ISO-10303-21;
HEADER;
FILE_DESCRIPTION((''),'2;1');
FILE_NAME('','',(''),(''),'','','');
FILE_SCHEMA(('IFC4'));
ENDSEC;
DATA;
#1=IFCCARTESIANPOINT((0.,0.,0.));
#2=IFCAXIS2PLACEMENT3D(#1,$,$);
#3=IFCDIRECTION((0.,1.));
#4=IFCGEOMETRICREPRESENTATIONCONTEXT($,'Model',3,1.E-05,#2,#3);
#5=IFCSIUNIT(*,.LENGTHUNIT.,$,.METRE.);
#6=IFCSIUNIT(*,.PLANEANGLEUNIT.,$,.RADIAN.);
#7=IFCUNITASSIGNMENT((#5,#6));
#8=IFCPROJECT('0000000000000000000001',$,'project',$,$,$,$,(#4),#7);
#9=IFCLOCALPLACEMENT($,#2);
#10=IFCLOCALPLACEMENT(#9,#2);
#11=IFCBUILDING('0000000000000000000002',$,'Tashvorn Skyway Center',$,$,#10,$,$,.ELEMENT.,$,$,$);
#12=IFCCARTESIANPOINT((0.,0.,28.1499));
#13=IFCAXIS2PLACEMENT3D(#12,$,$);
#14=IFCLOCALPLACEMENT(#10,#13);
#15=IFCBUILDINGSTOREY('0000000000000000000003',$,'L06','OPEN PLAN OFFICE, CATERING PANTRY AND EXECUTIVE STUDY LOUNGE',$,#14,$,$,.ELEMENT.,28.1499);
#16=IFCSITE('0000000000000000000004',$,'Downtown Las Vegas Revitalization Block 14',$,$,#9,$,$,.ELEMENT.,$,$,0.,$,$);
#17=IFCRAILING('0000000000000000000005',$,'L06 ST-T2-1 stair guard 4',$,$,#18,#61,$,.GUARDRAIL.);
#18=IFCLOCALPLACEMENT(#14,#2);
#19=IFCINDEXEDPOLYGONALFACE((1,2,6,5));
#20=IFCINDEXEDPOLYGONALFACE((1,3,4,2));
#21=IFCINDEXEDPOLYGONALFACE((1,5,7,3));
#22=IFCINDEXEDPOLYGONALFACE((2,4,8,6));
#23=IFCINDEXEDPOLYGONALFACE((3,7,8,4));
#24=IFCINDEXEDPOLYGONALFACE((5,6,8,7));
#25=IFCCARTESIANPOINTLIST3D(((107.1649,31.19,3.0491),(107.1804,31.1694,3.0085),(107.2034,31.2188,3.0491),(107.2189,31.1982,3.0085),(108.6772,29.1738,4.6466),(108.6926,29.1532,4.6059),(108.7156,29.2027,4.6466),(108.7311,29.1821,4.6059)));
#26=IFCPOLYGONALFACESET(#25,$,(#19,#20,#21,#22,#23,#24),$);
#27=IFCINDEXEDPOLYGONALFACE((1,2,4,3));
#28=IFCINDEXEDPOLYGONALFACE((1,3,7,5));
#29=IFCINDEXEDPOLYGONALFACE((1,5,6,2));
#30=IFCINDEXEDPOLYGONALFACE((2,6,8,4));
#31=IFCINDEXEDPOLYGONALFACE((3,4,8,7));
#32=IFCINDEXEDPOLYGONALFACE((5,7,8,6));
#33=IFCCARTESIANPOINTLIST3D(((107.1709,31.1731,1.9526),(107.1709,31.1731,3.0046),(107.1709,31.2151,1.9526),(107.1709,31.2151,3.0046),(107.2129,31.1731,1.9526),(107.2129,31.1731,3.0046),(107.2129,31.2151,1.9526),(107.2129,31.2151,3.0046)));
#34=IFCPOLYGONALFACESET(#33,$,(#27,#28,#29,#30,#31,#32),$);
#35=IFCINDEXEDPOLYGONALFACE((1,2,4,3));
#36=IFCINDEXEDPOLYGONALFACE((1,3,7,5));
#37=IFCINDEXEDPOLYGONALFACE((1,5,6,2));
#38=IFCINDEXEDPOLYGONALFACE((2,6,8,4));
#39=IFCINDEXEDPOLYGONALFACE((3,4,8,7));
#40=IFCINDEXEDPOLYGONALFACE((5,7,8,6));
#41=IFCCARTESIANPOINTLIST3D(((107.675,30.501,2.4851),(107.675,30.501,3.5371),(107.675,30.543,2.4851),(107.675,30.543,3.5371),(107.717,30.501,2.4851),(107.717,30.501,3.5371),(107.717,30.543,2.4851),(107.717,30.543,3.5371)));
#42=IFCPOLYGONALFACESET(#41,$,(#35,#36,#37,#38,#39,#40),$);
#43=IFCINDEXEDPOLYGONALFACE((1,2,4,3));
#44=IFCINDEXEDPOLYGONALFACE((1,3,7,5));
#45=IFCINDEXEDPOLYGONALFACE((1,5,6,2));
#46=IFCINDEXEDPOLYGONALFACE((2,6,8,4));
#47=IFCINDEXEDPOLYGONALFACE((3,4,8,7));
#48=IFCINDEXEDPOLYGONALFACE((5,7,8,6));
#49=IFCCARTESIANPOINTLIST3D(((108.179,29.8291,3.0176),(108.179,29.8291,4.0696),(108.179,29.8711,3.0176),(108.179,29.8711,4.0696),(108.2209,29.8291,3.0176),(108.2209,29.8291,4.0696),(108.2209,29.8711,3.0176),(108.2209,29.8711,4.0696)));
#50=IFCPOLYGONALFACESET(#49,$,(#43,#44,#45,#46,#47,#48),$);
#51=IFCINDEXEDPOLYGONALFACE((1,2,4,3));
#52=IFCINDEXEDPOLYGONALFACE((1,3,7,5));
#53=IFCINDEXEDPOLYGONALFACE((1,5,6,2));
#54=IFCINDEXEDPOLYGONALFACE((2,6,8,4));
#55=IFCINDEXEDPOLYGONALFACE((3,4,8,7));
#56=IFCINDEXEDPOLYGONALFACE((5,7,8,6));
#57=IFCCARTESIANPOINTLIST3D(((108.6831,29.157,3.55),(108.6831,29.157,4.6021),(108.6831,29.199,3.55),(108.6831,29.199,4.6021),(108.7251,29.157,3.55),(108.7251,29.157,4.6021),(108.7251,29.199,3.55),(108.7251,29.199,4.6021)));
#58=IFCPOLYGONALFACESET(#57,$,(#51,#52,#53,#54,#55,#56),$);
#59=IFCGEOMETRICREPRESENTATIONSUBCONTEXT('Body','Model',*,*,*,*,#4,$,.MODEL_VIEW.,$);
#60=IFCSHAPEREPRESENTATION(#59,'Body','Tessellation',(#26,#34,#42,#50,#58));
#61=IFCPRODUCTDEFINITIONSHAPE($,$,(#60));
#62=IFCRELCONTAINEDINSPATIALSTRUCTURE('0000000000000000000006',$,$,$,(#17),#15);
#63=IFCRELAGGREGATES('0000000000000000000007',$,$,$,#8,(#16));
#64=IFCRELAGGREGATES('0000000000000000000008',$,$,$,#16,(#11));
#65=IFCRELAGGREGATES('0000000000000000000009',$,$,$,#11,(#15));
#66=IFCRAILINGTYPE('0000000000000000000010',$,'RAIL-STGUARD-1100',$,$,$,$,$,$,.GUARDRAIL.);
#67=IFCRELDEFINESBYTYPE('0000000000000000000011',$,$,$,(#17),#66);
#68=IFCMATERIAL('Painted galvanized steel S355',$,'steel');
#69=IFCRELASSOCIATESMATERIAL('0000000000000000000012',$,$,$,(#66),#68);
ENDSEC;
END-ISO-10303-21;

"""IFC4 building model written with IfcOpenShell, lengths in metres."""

from ifc_helpers import new_model, si_unit, direction, frame, origin, origin_2d, place, context, subcontext, project, spatial, rectangle, extrude, material, type_object, element, save


model = new_model("IFC4")

# Units and contexts
model_context = context("Model", 3, precision=1e-05, world=origin(), true_north=direction((0.0, 1.0)))
body_context = subcontext(model_context, "Body", "Model", "MODEL_VIEW")
ifc_project = project(units=[si_unit("LENGTHUNIT", "METRE"), si_unit("PLANEANGLEUNIT", "RADIAN")], contexts=[model_context])

# Site, building, storey
site_placement = place(None, origin())
site = spatial("IfcSite", under=ifc_project, at=site_placement, Name="Downtown Las Vegas Revitalization Block 14", CompositionType="ELEMENT", RefElevation=0.0)
building_placement = place(site_placement, origin())
building = spatial("IfcBuilding", under=site, at=building_placement, Name="Tashvorn Skyway Center", CompositionType="ELEMENT")
storey_placement = place(building_placement, frame((0.0, 0.0, 28.1499)))
storey = spatial("IfcBuildingStorey", under=building, at=storey_placement, Name="L06", Description="OPEN PLAN OFFICE, CATERING PANTRY AND EXECUTIVE STUDY LOUNGE", CompositionType="ELEMENT", Elevation=28.1499)

# Railing
ifc_material_1 = material(Name="Painted galvanized steel S355", Category="steel")
railing_type_1 = type_object("IfcRailingType", Name="RAIL-STGUARD-1100", PredefinedType="GUARDRAIL", material=ifc_material_1)
railing_1_placement = place(storey_placement, frame((107.1919, 31.1941, 1.9526)))
element("IfcRailing", 1, at=railing_1_placement, inside=storey, type_object=railing_type_1, Name="L06 ST-T2-1 stair guard 4", PredefinedType="GUARDRAIL", context=body_context, shape_type="SweptSolid", body=[
    extrude(rectangle(XDim=0.0481, YDim=0.0481, at=origin_2d()), frame((0.0, 0.0, 1.0762), z_axis=(0.506802, -0.675681, 0.535357), x_axis=(0.799977, 0.600031, 0.0)), (0.0, 0.0, 1.0), 2.9839),
    extrude(rectangle(XDim=0.042, YDim=0.042, at=origin_2d()), origin(), (0.0, 0.0, 1.0), 1.052),
    extrude(rectangle(XDim=0.042, YDim=0.042, at=origin_2d()), frame((0.5042, -0.6721, 0.5325)), (0.0, 0.0, 1.0), 1.052),
    extrude(rectangle(XDim=0.042, YDim=0.042, at=origin_2d()), frame((1.0081, -1.344, 1.0649)), (0.0, 0.0, 1.0), 1.052),
    extrude(rectangle(XDim=0.042, YDim=0.042, at=origin_2d()), frame((1.5122, -2.0161, 1.5974)), (0.0, 0.0, 1.0), 1.052),
])

save(model, "model.ifc")
